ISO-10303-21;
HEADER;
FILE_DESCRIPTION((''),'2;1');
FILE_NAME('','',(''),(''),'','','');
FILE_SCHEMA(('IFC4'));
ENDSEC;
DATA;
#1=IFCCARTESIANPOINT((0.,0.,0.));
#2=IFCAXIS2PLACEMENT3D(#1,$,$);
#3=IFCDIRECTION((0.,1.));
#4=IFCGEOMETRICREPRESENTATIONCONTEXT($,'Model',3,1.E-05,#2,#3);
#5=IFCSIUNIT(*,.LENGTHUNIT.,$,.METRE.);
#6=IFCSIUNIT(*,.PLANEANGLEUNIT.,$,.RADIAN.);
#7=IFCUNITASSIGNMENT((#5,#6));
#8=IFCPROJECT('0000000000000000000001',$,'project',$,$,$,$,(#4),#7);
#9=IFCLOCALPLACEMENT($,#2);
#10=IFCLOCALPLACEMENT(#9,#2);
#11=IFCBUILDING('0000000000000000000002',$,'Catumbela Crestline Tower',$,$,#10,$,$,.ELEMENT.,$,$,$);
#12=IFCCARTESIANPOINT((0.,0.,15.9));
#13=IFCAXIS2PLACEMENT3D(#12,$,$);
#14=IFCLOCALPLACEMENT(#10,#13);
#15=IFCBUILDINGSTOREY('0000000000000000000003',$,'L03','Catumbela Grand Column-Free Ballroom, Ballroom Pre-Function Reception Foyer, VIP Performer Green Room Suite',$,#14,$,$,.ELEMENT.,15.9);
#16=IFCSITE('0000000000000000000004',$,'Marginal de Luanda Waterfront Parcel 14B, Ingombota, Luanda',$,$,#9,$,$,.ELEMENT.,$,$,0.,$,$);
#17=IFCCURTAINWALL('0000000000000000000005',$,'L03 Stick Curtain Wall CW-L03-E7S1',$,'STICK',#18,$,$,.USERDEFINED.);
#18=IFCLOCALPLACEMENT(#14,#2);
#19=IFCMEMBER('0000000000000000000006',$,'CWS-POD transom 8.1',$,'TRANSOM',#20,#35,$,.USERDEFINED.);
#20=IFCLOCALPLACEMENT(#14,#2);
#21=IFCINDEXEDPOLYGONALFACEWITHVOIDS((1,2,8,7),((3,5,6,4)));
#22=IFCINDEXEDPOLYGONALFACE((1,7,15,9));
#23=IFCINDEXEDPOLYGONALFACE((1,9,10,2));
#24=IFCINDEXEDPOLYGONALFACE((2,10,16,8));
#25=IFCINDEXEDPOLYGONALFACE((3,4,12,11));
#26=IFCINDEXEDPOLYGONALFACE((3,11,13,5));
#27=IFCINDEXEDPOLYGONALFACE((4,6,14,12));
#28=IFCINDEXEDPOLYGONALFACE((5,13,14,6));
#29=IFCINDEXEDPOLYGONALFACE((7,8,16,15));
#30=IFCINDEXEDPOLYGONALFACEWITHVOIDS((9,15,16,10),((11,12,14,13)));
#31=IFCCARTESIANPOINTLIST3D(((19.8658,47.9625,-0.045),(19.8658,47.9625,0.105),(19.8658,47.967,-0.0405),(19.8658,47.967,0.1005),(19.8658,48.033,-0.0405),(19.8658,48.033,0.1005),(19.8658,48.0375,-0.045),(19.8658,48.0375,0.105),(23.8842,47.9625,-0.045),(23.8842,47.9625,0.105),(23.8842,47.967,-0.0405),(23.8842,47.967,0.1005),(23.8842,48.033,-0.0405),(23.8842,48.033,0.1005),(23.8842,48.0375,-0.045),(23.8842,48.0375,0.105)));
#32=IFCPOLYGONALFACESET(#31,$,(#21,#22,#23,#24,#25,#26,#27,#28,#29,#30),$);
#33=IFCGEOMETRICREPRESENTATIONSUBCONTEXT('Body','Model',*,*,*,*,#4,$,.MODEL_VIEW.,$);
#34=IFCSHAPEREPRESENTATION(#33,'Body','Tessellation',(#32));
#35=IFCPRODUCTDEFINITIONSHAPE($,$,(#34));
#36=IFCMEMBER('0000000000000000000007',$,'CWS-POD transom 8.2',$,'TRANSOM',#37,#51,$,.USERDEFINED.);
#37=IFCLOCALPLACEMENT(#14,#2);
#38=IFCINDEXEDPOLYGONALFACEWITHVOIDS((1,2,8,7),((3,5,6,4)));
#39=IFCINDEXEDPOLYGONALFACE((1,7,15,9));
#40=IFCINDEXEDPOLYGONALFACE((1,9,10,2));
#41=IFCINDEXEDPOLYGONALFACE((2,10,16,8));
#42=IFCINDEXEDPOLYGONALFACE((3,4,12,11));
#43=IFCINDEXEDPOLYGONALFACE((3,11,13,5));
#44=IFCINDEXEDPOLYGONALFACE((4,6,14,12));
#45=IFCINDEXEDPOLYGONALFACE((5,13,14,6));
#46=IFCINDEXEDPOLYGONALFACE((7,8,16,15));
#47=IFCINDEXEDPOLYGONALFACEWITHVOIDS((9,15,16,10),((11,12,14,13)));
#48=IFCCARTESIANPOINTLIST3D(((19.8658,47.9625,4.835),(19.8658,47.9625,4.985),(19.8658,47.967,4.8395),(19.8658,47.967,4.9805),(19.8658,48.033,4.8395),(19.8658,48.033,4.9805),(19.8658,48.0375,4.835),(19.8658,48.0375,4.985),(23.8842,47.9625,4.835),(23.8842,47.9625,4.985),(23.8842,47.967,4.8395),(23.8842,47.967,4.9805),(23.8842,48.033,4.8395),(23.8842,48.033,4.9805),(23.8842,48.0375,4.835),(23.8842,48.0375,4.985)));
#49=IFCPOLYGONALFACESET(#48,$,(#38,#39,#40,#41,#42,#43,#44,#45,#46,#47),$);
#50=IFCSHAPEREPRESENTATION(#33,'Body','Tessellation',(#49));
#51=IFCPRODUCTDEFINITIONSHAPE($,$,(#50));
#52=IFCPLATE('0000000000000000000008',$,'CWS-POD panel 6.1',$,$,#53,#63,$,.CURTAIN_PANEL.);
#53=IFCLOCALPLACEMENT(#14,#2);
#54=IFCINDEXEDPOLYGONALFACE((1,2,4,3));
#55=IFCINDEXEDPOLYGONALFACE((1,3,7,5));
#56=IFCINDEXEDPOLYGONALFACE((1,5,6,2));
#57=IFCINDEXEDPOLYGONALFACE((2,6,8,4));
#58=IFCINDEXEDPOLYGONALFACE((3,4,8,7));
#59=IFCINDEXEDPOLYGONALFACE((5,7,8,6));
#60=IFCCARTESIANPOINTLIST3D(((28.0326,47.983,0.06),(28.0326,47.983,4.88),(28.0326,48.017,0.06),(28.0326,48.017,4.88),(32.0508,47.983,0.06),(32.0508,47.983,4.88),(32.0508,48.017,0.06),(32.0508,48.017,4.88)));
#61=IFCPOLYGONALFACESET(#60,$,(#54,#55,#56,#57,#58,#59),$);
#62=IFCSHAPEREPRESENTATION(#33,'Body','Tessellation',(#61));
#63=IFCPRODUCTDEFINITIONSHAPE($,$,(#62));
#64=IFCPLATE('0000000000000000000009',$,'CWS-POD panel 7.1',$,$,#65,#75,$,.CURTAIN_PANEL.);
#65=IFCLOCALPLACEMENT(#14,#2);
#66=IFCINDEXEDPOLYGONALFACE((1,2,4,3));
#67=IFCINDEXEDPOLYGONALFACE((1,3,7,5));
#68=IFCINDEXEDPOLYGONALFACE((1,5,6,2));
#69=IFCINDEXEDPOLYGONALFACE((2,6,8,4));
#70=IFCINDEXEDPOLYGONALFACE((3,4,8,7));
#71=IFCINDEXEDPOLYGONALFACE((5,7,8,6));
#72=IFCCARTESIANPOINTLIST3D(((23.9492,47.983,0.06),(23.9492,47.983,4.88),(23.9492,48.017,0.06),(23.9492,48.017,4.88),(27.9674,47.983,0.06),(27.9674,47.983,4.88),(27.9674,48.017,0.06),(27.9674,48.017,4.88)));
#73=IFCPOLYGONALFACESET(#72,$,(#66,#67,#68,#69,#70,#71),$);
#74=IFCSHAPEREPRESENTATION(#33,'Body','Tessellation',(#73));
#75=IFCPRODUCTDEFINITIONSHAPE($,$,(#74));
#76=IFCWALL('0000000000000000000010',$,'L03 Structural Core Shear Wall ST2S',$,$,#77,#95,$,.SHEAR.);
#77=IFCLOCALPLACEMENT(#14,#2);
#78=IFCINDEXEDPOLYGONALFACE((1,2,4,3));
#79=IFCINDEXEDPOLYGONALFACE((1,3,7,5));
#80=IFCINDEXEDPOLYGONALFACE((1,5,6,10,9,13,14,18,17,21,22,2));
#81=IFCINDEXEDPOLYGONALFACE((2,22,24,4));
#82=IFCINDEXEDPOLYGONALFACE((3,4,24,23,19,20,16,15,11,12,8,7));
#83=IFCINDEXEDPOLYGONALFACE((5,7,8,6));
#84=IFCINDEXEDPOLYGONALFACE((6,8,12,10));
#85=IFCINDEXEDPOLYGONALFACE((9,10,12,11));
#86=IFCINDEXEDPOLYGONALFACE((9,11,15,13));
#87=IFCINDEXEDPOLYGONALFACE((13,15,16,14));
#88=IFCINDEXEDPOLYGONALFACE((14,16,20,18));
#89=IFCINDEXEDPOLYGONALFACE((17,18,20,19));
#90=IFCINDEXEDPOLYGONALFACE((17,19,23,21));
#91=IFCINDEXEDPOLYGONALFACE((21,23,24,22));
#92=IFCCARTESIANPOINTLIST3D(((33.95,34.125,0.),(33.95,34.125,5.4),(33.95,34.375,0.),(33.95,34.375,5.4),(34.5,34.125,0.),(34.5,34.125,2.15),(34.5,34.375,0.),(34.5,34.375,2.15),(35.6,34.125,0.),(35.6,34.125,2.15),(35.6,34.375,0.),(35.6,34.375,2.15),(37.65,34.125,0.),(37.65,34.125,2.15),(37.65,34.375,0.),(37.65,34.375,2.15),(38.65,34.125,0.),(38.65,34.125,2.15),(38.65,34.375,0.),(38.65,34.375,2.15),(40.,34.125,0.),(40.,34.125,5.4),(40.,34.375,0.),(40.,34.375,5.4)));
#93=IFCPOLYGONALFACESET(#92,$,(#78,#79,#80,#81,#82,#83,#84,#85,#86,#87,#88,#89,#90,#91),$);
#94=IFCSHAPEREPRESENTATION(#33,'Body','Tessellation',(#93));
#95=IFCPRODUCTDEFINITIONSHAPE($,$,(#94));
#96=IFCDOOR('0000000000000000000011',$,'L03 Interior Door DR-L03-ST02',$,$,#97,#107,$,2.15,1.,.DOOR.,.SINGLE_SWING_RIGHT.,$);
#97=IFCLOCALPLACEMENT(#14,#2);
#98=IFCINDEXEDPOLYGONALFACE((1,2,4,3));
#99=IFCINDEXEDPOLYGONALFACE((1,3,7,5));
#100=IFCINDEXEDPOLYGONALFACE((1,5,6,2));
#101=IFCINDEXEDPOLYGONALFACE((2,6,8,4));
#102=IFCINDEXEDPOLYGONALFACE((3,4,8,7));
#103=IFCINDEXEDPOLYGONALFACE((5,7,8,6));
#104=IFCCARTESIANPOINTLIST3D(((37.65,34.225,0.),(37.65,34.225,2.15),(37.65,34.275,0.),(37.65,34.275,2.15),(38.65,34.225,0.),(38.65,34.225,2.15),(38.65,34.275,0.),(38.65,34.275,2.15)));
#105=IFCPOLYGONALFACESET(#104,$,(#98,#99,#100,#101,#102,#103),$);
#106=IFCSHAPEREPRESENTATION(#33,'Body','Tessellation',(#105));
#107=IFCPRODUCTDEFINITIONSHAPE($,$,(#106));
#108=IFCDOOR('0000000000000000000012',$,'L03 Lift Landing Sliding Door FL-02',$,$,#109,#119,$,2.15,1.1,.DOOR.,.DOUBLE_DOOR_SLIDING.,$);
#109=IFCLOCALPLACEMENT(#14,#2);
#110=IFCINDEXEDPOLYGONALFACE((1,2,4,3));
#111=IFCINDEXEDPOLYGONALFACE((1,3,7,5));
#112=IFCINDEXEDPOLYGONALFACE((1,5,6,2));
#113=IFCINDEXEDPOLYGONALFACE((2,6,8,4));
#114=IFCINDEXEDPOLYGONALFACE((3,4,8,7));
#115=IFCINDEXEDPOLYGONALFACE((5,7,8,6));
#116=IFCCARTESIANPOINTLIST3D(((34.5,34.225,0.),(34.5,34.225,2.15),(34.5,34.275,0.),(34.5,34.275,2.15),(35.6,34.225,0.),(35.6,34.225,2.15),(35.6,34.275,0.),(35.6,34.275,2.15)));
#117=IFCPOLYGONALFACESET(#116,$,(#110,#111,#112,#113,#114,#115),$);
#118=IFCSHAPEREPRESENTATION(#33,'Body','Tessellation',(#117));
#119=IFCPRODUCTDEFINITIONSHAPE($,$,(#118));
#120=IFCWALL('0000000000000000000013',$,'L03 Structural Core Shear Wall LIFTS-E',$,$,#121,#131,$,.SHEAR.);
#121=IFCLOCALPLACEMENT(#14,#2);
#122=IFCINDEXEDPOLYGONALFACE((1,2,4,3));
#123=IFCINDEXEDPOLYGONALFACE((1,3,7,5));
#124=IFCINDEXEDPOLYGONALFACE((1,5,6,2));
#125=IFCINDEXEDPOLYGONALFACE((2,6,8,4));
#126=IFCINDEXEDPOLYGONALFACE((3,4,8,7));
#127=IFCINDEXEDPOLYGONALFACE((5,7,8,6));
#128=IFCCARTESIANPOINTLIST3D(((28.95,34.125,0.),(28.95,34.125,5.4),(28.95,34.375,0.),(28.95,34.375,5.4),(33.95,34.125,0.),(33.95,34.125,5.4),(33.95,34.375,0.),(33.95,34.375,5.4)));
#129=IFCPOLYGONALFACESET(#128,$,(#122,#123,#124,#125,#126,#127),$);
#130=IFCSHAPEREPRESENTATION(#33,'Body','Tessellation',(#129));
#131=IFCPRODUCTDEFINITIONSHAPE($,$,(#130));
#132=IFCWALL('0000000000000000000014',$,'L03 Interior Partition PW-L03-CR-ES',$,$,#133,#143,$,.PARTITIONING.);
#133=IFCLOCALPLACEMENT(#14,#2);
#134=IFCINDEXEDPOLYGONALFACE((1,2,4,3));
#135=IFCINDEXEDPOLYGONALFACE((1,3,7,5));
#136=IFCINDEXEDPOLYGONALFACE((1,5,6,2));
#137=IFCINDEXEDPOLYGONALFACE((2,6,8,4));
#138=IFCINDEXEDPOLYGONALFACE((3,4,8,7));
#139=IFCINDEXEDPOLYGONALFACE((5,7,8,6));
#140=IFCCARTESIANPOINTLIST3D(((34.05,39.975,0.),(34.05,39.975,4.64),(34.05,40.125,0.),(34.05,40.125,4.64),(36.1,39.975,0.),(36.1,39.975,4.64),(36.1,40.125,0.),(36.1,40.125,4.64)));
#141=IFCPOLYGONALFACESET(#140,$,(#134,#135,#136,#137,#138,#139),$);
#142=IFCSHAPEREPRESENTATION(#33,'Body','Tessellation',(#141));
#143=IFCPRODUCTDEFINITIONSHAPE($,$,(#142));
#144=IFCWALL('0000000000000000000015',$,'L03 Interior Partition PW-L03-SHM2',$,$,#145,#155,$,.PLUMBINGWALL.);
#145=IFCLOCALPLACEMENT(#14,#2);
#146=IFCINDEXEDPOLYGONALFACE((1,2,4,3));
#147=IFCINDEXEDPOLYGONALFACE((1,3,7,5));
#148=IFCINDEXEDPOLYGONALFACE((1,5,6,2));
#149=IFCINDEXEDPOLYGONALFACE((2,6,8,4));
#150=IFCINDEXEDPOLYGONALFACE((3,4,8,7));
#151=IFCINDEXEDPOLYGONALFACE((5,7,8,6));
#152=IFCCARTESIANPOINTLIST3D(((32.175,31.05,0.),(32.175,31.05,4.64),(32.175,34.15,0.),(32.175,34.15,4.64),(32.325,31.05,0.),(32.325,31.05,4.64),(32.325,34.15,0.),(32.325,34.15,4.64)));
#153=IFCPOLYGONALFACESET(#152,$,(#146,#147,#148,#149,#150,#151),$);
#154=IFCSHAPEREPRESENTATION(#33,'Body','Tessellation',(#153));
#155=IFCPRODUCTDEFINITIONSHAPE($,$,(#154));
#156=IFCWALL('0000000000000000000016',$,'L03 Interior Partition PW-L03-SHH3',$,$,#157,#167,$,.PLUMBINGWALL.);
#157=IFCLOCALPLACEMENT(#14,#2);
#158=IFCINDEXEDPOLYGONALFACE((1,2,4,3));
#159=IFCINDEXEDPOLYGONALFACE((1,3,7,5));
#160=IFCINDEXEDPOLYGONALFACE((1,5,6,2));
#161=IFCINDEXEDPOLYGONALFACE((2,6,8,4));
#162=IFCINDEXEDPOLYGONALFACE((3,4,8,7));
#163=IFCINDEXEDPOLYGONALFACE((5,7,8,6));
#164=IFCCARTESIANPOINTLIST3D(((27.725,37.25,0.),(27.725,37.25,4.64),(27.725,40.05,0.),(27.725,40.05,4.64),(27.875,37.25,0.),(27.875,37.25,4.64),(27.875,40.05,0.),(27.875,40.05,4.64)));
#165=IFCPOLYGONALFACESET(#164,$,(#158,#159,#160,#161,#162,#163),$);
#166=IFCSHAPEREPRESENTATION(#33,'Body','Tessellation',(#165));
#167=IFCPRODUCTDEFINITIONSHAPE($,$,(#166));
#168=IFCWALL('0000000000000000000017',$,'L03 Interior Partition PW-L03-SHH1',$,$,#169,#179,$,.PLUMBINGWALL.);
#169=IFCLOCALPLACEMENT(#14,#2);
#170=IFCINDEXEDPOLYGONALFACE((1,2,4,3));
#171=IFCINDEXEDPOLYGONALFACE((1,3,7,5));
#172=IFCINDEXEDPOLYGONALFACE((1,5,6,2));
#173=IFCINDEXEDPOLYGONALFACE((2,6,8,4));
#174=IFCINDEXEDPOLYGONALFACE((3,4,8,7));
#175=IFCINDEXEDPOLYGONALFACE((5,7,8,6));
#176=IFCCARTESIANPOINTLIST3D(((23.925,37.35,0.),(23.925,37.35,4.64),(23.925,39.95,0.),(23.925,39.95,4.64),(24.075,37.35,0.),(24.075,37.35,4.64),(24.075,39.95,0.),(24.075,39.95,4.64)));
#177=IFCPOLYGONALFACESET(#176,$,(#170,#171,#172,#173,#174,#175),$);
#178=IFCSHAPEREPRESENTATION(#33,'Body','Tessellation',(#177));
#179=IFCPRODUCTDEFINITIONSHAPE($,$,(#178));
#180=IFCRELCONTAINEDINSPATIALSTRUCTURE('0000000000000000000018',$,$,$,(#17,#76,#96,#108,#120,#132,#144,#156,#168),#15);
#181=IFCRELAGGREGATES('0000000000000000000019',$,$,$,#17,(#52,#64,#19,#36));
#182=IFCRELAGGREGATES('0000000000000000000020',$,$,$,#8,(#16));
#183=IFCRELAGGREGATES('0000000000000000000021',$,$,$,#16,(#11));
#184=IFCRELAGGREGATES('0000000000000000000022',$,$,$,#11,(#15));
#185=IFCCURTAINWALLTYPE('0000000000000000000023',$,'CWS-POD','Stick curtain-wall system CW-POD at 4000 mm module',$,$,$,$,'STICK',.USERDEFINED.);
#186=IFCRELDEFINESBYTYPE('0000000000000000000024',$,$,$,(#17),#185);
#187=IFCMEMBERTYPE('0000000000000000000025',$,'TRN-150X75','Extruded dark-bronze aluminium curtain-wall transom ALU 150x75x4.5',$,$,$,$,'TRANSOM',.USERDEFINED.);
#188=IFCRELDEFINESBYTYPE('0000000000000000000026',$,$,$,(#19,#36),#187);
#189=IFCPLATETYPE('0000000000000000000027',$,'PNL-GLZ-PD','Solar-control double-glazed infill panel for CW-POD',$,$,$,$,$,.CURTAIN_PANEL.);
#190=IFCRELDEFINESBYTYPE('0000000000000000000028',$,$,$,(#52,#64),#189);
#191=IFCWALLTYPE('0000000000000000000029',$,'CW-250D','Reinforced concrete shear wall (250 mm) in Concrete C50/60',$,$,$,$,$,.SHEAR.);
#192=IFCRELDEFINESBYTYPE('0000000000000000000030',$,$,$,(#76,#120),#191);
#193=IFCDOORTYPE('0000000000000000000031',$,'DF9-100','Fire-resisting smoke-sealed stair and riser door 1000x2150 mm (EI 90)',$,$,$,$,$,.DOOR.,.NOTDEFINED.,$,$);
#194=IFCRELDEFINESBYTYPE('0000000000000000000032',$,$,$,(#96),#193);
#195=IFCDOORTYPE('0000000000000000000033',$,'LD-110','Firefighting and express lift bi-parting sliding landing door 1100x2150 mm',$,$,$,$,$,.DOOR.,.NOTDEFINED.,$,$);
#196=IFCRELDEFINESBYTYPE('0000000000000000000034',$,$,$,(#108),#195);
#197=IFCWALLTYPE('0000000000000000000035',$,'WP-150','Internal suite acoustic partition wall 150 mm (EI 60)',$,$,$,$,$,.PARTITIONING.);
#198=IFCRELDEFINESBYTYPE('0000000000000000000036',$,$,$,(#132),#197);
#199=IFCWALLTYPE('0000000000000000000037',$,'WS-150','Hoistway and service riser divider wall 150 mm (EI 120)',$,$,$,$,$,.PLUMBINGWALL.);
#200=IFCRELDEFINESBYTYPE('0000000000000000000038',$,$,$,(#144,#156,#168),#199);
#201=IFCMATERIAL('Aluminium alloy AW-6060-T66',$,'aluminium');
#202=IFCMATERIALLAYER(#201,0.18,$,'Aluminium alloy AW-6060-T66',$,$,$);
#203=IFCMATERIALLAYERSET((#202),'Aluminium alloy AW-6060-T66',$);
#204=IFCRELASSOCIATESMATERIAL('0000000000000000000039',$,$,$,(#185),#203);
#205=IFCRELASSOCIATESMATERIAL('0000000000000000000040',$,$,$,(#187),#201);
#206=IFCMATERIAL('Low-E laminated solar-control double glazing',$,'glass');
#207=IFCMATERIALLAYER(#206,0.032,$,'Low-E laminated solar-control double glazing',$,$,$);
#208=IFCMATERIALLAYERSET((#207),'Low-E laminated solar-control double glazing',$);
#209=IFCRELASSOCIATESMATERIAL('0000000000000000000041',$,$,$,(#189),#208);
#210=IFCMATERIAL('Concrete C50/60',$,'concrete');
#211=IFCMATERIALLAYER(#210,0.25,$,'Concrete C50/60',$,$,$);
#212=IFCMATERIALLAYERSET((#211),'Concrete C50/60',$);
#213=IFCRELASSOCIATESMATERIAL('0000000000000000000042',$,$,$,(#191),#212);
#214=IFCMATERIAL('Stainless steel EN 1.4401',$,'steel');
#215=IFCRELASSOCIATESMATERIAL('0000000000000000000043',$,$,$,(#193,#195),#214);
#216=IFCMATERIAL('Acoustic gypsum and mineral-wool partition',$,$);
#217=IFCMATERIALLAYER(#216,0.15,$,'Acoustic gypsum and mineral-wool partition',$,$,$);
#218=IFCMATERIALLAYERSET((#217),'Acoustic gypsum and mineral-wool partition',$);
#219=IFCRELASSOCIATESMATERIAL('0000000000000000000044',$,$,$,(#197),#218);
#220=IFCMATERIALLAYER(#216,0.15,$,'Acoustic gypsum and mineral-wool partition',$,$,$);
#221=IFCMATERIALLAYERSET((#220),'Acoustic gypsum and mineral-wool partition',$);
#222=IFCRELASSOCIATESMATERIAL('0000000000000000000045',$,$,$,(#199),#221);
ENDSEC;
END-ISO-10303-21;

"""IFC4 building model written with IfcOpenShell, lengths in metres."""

from ifc_helpers import new_model, si_unit, direction, frame, frame_2d, origin, origin_2d, place, context, subcontext, project, spatial, rectangle, hollow_rectangle, extrude, material, layer, layer_set, material_profile, profile_set, type_object, element, fill, aggregate, save


model = new_model("IFC4")

# Units and contexts
model_context = context("Model", 3, precision=1e-05, world=origin(), true_north=direction((0.0, 1.0)))
body_context = subcontext(model_context, "Body", "Model", "MODEL_VIEW")
ifc_project = project(units=[si_unit("LENGTHUNIT", "METRE"), si_unit("PLANEANGLEUNIT", "RADIAN")], contexts=[model_context])

# Site, building, storey
site_placement = place(None, origin())
site = spatial("IfcSite", under=ifc_project, at=site_placement, Name="Marginal de Luanda Waterfront Parcel 14B, Ingombota, Luanda", CompositionType="ELEMENT", RefElevation=0.0)
building_placement = place(site_placement, origin())
building = spatial("IfcBuilding", under=site, at=building_placement, Name="Catumbela Crestline Tower", CompositionType="ELEMENT")
storey_placement = place(building_placement, frame((0.0, 0.0, 15.9)))
storey = spatial("IfcBuildingStorey", under=building, at=storey_placement, Name="L03", Description="Catumbela Grand Column-Free Ballroom, Ballroom Pre-Function Reception Foyer, VIP Performer Green Room Suite", CompositionType="ELEMENT", Elevation=15.9)

# Curtain wall
ifc_material_1 = material(Name="Aluminium alloy AW-6060-T66", Category="aluminium")
ifc_layer_1 = layer(ifc_material_1, 0.18, Name="Aluminium alloy AW-6060-T66")
ifc_layer_set_1 = layer_set([ifc_layer_1], Name="Aluminium alloy AW-6060-T66")
curtain_wall_type = type_object("IfcCurtainWallType", Name="CWS-POD", Description="Stick curtain-wall system CW-POD at 4000 mm module", ElementType="STICK", PredefinedType="USERDEFINED", material=ifc_layer_set_1)
curtain_wall_placement = place(storey_placement, origin())
curtain_wall = element("IfcCurtainWall", 1, at=curtain_wall_placement, inside=storey, type_object=curtain_wall_type, Name="L03 Stick Curtain Wall CW-L03-E7S1", ObjectType="STICK", PredefinedType="USERDEFINED")

# Members
ifc_material_profile_1 = material_profile(ifc_material_1, hollow_rectangle(XDim=0.075, YDim=0.15, WallThickness=0.0045, at=origin_2d()), Name="ALU 150x75x4.5")
ifc_profile_set_1 = profile_set([ifc_material_profile_1], Name="Aluminium alloy AW-6060-T66")
member_type_1 = type_object("IfcMemberType", Name="TRN-150X75", Description="Extruded dark-bronze aluminium curtain-wall transom ALU 150x75x4.5", ElementType="TRANSOM", PredefinedType="USERDEFINED", material=ifc_profile_set_1)
member_1_placement = place(storey_placement, frame((23.8842, 48.0, 0.03), z_axis=(-1.0, 0.0, 0.0), x_axis=(0.0, -1.0, 0.0)))
member_1 = element("IfcMember", 2, at=member_1_placement, type_object=member_type_1, Name="CWS-POD transom 8.1", ObjectType="TRANSOM", PredefinedType="USERDEFINED", context=body_context, shape_type="SweptSolid", body=[
    extrude(hollow_rectangle(XDim=0.075, YDim=0.15, WallThickness=0.0045, at=origin_2d()), origin(), (0.0, 0.0, 1.0), 4.0184),
])
member_2_placement = place(storey_placement, frame((23.8842, 48.0, 4.91), z_axis=(-1.0, 0.0, 0.0), x_axis=(0.0, -1.0, 0.0)))
member_2 = element("IfcMember", 3, at=member_2_placement, type_object=member_type_1, Name="CWS-POD transom 8.2", ObjectType="TRANSOM", PredefinedType="USERDEFINED", context=body_context, shape_type="SweptSolid", body=[
    extrude(hollow_rectangle(XDim=0.075, YDim=0.15, WallThickness=0.0045, at=origin_2d()), origin(), (0.0, 0.0, 1.0), 4.0184),
])

# Plates
ifc_material_2 = material(Name="Low-E laminated solar-control double glazing", Category="glass")
ifc_layer_2 = layer(ifc_material_2, 0.032, Name="Low-E laminated solar-control double glazing")
ifc_layer_set_2 = layer_set([ifc_layer_2], Name="Low-E laminated solar-control double glazing")
plate_type = type_object("IfcPlateType", Name="PNL-GLZ-PD", Description="Solar-control double-glazed infill panel for CW-POD", PredefinedType="CURTAIN_PANEL", material=ifc_layer_set_2)
plate_1_placement = place(storey_placement, frame((30.0417, 48.0, 0.06), z_axis=(0.0, 0.0, 1.0), x_axis=(-1.0, 0.0, 0.0)))
plate_1 = element("IfcPlate", 4, at=plate_1_placement, type_object=plate_type, Name="CWS-POD panel 6.1", PredefinedType="CURTAIN_PANEL", context=body_context, shape_type="SweptSolid", body=[
    extrude(rectangle(XDim=4.0183, YDim=0.034, at=origin_2d()), origin(), (0.0, 0.0, 1.0), 4.82),
])
plate_2_placement = place(storey_placement, frame((25.9583, 48.0, 0.06), z_axis=(0.0, 0.0, 1.0), x_axis=(-1.0, 0.0, 0.0)))
plate_2 = element("IfcPlate", 5, at=plate_2_placement, type_object=plate_type, Name="CWS-POD panel 7.1", PredefinedType="CURTAIN_PANEL", context=body_context, shape_type="SweptSolid", body=[
    extrude(rectangle(XDim=4.0183, YDim=0.034, at=origin_2d()), origin(), (0.0, 0.0, 1.0), 4.82),
])
aggregate(curtain_wall, [plate_1, plate_2, member_1, member_2])

# Wall, openings, doors
ifc_material_3 = material(Name="Concrete C50/60", Category="concrete")
ifc_layer_3 = layer(ifc_material_3, 0.25, Name="Concrete C50/60")
ifc_layer_set_3 = layer_set([ifc_layer_3], Name="Concrete C50/60")
wall_type_1 = type_object("IfcWallType", Name="CW-250D", Description="Reinforced concrete shear wall (250 mm) in Concrete C50/60", PredefinedType="SHEAR", material=ifc_layer_set_3)
wall_1_placement = place(storey_placement, frame((33.95, 34.25, 0.0), z_axis=(0.0, 0.0, 1.0), x_axis=(1.0, 0.0, 0.0)))
wall_1 = element("IfcWall", 6, at=wall_1_placement, inside=storey, type_object=wall_type_1, Name="L03 Structural Core Shear Wall ST2S", PredefinedType="SHEAR", context=body_context, shape_type="SweptSolid", body=[
    extrude(rectangle(XDim=6.05, YDim=0.25, at=frame_2d((3.025, 0.0))), origin(), (0.0, 0.0, 1.0), 5.4),
])
opening_1_placement = place(wall_1_placement, frame((3.7, 0.0, 0.0)))
opening_1 = element("IfcOpeningElement", 7, at=opening_1_placement, cuts=wall_1, PredefinedType="OPENING", context=body_context, shape_type="SweptSolid", body=[
    extrude(rectangle(XDim=1.0, YDim=2.15, at=frame_2d((0.5, 1.075))), frame((0.0, 0.135, 0.0), z_axis=(0.0, -1.0, 0.0), x_axis=(1.0, 0.0, 0.0)), (0.0, 0.0, 1.0), 0.27),
])
opening_2_placement = place(wall_1_placement, frame((0.55, 0.0, 0.0)))
opening_2 = element("IfcOpeningElement", 8, at=opening_2_placement, cuts=wall_1, PredefinedType="OPENING", context=body_context, shape_type="SweptSolid", body=[
    extrude(rectangle(XDim=1.1, YDim=2.15, at=frame_2d((0.55, 1.075))), frame((0.0, 0.135, 0.0), z_axis=(0.0, -1.0, 0.0), x_axis=(1.0, 0.0, 0.0)), (0.0, 0.0, 1.0), 0.27),
])
ifc_material_4 = material(Name="Stainless steel EN 1.4401", Category="steel")
door_type_1 = type_object("IfcDoorType", Name="DF9-100", Description="Fire-resisting smoke-sealed stair and riser door 1000x2150 mm (EI 90)", OperationType="NOTDEFINED", PredefinedType="DOOR", material=ifc_material_4)
door_1_placement = place(opening_1_placement, origin())
door_1 = element("IfcDoor", 9, at=door_1_placement, inside=storey, type_object=door_type_1, Name="L03 Interior Door DR-L03-ST02", OperationType="SINGLE_SWING_RIGHT", OverallHeight=2.15, OverallWidth=1.0, PredefinedType="DOOR", context=body_context, shape_type="SweptSolid", body=[
    extrude(rectangle(XDim=1.0, YDim=2.15, at=frame_2d((0.5, 1.075))), frame((0.0, 0.025, 0.0), z_axis=(0.0, -1.0, 0.0), x_axis=(1.0, 0.0, 0.0)), (0.0, 0.0, 1.0), 0.05),
])
fill(opening_1, door_1)
door_type_2 = type_object("IfcDoorType", Name="LD-110", Description="Firefighting and express lift bi-parting sliding landing door 1100x2150 mm", OperationType="NOTDEFINED", PredefinedType="DOOR", material=ifc_material_4)
door_2_placement = place(opening_2_placement, origin())
door_2 = element("IfcDoor", 10, at=door_2_placement, inside=storey, type_object=door_type_2, Name="L03 Lift Landing Sliding Door FL-02", OperationType="DOUBLE_DOOR_SLIDING", OverallHeight=2.15, OverallWidth=1.1, PredefinedType="DOOR", context=body_context, shape_type="SweptSolid", body=[
    extrude(rectangle(XDim=1.1, YDim=2.15, at=frame_2d((0.55, 1.075))), frame((0.0, 0.025, 0.0), z_axis=(0.0, -1.0, 0.0), x_axis=(1.0, 0.0, 0.0)), (0.0, 0.0, 1.0), 0.05),
])
fill(opening_2, door_2)

# Walls
wall_2_placement = place(storey_placement, frame((28.95, 34.25, 0.0), z_axis=(0.0, 0.0, 1.0), x_axis=(1.0, 0.0, 0.0)))
element("IfcWall", 11, at=wall_2_placement, inside=storey, type_object=wall_type_1, Name="L03 Structural Core Shear Wall LIFTS-E", PredefinedType="SHEAR", context=body_context, shape_type="SweptSolid", body=[
    extrude(rectangle(XDim=5.0, YDim=0.25, at=frame_2d((2.5, 0.0))), origin(), (0.0, 0.0, 1.0), 5.4),
])
ifc_material_5 = material(Name="Acoustic gypsum and mineral-wool partition")
ifc_layer_4 = layer(ifc_material_5, 0.15, Name="Acoustic gypsum and mineral-wool partition")
ifc_layer_set_4 = layer_set([ifc_layer_4], Name="Acoustic gypsum and mineral-wool partition")
wall_type_2 = type_object("IfcWallType", Name="WP-150", Description="Internal suite acoustic partition wall 150 mm (EI 60)", PredefinedType="PARTITIONING", material=ifc_layer_set_4)
wall_3_placement = place(storey_placement, frame((34.05, 40.05, 0.0), z_axis=(0.0, 0.0, 1.0), x_axis=(1.0, 0.0, 0.0)))
element("IfcWall", 12, at=wall_3_placement, inside=storey, type_object=wall_type_2, Name="L03 Interior Partition PW-L03-CR-ES", PredefinedType="PARTITIONING", context=body_context, shape_type="SweptSolid", body=[
    extrude(rectangle(XDim=2.05, YDim=0.15, at=frame_2d((1.025, 0.0))), origin(), (0.0, 0.0, 1.0), 4.64),
])
ifc_layer_5 = layer(ifc_material_5, 0.15, Name="Acoustic gypsum and mineral-wool partition")
ifc_layer_set_5 = layer_set([ifc_layer_5], Name="Acoustic gypsum and mineral-wool partition")
wall_type_3 = type_object("IfcWallType", Name="WS-150", Description="Hoistway and service riser divider wall 150 mm (EI 120)", PredefinedType="PLUMBINGWALL", material=ifc_layer_set_5)
wall_4_placement = place(storey_placement, frame((32.25, 31.05, 0.0), z_axis=(0.0, 0.0, 1.0), x_axis=(0.0, 1.0, 0.0)))
element("IfcWall", 13, at=wall_4_placement, inside=storey, type_object=wall_type_3, Name="L03 Interior Partition PW-L03-SHM2", PredefinedType="PLUMBINGWALL", context=body_context, shape_type="SweptSolid", body=[
    extrude(rectangle(XDim=3.1, YDim=0.15, at=frame_2d((1.55, 0.0))), origin(), (0.0, 0.0, 1.0), 4.64),
])
wall_5_placement = place(storey_placement, frame((27.8, 37.25, 0.0), z_axis=(0.0, 0.0, 1.0), x_axis=(0.0, 1.0, 0.0)))
element("IfcWall", 14, at=wall_5_placement, inside=storey, type_object=wall_type_3, Name="L03 Interior Partition PW-L03-SHH3", PredefinedType="PLUMBINGWALL", context=body_context, shape_type="SweptSolid", body=[
    extrude(rectangle(XDim=2.8, YDim=0.15, at=frame_2d((1.4, 0.0))), origin(), (0.0, 0.0, 1.0), 4.64),
])
for number, where, z_axis, x_axis, name in (
    (15, (24.0, 37.35, 0.0), (0.0, 0.0, 1.0), (0.0, 1.0, 0.0), "L03 Interior Partition PW-L03-SHH1"),
):
    element("IfcWall", number, at=place(storey_placement, frame(where, z_axis=z_axis, x_axis=x_axis)), inside=storey, type_object=wall_type_3, Name=name, PredefinedType="PLUMBINGWALL", context=body_context, shape_type="SweptSolid", body=[
        extrude(rectangle(XDim=2.6, YDim=0.15, at=frame_2d((1.3, 0.0))), origin(), (0.0, 0.0, 1.0), 4.64),
    ])

save(model, "model.ifc")
